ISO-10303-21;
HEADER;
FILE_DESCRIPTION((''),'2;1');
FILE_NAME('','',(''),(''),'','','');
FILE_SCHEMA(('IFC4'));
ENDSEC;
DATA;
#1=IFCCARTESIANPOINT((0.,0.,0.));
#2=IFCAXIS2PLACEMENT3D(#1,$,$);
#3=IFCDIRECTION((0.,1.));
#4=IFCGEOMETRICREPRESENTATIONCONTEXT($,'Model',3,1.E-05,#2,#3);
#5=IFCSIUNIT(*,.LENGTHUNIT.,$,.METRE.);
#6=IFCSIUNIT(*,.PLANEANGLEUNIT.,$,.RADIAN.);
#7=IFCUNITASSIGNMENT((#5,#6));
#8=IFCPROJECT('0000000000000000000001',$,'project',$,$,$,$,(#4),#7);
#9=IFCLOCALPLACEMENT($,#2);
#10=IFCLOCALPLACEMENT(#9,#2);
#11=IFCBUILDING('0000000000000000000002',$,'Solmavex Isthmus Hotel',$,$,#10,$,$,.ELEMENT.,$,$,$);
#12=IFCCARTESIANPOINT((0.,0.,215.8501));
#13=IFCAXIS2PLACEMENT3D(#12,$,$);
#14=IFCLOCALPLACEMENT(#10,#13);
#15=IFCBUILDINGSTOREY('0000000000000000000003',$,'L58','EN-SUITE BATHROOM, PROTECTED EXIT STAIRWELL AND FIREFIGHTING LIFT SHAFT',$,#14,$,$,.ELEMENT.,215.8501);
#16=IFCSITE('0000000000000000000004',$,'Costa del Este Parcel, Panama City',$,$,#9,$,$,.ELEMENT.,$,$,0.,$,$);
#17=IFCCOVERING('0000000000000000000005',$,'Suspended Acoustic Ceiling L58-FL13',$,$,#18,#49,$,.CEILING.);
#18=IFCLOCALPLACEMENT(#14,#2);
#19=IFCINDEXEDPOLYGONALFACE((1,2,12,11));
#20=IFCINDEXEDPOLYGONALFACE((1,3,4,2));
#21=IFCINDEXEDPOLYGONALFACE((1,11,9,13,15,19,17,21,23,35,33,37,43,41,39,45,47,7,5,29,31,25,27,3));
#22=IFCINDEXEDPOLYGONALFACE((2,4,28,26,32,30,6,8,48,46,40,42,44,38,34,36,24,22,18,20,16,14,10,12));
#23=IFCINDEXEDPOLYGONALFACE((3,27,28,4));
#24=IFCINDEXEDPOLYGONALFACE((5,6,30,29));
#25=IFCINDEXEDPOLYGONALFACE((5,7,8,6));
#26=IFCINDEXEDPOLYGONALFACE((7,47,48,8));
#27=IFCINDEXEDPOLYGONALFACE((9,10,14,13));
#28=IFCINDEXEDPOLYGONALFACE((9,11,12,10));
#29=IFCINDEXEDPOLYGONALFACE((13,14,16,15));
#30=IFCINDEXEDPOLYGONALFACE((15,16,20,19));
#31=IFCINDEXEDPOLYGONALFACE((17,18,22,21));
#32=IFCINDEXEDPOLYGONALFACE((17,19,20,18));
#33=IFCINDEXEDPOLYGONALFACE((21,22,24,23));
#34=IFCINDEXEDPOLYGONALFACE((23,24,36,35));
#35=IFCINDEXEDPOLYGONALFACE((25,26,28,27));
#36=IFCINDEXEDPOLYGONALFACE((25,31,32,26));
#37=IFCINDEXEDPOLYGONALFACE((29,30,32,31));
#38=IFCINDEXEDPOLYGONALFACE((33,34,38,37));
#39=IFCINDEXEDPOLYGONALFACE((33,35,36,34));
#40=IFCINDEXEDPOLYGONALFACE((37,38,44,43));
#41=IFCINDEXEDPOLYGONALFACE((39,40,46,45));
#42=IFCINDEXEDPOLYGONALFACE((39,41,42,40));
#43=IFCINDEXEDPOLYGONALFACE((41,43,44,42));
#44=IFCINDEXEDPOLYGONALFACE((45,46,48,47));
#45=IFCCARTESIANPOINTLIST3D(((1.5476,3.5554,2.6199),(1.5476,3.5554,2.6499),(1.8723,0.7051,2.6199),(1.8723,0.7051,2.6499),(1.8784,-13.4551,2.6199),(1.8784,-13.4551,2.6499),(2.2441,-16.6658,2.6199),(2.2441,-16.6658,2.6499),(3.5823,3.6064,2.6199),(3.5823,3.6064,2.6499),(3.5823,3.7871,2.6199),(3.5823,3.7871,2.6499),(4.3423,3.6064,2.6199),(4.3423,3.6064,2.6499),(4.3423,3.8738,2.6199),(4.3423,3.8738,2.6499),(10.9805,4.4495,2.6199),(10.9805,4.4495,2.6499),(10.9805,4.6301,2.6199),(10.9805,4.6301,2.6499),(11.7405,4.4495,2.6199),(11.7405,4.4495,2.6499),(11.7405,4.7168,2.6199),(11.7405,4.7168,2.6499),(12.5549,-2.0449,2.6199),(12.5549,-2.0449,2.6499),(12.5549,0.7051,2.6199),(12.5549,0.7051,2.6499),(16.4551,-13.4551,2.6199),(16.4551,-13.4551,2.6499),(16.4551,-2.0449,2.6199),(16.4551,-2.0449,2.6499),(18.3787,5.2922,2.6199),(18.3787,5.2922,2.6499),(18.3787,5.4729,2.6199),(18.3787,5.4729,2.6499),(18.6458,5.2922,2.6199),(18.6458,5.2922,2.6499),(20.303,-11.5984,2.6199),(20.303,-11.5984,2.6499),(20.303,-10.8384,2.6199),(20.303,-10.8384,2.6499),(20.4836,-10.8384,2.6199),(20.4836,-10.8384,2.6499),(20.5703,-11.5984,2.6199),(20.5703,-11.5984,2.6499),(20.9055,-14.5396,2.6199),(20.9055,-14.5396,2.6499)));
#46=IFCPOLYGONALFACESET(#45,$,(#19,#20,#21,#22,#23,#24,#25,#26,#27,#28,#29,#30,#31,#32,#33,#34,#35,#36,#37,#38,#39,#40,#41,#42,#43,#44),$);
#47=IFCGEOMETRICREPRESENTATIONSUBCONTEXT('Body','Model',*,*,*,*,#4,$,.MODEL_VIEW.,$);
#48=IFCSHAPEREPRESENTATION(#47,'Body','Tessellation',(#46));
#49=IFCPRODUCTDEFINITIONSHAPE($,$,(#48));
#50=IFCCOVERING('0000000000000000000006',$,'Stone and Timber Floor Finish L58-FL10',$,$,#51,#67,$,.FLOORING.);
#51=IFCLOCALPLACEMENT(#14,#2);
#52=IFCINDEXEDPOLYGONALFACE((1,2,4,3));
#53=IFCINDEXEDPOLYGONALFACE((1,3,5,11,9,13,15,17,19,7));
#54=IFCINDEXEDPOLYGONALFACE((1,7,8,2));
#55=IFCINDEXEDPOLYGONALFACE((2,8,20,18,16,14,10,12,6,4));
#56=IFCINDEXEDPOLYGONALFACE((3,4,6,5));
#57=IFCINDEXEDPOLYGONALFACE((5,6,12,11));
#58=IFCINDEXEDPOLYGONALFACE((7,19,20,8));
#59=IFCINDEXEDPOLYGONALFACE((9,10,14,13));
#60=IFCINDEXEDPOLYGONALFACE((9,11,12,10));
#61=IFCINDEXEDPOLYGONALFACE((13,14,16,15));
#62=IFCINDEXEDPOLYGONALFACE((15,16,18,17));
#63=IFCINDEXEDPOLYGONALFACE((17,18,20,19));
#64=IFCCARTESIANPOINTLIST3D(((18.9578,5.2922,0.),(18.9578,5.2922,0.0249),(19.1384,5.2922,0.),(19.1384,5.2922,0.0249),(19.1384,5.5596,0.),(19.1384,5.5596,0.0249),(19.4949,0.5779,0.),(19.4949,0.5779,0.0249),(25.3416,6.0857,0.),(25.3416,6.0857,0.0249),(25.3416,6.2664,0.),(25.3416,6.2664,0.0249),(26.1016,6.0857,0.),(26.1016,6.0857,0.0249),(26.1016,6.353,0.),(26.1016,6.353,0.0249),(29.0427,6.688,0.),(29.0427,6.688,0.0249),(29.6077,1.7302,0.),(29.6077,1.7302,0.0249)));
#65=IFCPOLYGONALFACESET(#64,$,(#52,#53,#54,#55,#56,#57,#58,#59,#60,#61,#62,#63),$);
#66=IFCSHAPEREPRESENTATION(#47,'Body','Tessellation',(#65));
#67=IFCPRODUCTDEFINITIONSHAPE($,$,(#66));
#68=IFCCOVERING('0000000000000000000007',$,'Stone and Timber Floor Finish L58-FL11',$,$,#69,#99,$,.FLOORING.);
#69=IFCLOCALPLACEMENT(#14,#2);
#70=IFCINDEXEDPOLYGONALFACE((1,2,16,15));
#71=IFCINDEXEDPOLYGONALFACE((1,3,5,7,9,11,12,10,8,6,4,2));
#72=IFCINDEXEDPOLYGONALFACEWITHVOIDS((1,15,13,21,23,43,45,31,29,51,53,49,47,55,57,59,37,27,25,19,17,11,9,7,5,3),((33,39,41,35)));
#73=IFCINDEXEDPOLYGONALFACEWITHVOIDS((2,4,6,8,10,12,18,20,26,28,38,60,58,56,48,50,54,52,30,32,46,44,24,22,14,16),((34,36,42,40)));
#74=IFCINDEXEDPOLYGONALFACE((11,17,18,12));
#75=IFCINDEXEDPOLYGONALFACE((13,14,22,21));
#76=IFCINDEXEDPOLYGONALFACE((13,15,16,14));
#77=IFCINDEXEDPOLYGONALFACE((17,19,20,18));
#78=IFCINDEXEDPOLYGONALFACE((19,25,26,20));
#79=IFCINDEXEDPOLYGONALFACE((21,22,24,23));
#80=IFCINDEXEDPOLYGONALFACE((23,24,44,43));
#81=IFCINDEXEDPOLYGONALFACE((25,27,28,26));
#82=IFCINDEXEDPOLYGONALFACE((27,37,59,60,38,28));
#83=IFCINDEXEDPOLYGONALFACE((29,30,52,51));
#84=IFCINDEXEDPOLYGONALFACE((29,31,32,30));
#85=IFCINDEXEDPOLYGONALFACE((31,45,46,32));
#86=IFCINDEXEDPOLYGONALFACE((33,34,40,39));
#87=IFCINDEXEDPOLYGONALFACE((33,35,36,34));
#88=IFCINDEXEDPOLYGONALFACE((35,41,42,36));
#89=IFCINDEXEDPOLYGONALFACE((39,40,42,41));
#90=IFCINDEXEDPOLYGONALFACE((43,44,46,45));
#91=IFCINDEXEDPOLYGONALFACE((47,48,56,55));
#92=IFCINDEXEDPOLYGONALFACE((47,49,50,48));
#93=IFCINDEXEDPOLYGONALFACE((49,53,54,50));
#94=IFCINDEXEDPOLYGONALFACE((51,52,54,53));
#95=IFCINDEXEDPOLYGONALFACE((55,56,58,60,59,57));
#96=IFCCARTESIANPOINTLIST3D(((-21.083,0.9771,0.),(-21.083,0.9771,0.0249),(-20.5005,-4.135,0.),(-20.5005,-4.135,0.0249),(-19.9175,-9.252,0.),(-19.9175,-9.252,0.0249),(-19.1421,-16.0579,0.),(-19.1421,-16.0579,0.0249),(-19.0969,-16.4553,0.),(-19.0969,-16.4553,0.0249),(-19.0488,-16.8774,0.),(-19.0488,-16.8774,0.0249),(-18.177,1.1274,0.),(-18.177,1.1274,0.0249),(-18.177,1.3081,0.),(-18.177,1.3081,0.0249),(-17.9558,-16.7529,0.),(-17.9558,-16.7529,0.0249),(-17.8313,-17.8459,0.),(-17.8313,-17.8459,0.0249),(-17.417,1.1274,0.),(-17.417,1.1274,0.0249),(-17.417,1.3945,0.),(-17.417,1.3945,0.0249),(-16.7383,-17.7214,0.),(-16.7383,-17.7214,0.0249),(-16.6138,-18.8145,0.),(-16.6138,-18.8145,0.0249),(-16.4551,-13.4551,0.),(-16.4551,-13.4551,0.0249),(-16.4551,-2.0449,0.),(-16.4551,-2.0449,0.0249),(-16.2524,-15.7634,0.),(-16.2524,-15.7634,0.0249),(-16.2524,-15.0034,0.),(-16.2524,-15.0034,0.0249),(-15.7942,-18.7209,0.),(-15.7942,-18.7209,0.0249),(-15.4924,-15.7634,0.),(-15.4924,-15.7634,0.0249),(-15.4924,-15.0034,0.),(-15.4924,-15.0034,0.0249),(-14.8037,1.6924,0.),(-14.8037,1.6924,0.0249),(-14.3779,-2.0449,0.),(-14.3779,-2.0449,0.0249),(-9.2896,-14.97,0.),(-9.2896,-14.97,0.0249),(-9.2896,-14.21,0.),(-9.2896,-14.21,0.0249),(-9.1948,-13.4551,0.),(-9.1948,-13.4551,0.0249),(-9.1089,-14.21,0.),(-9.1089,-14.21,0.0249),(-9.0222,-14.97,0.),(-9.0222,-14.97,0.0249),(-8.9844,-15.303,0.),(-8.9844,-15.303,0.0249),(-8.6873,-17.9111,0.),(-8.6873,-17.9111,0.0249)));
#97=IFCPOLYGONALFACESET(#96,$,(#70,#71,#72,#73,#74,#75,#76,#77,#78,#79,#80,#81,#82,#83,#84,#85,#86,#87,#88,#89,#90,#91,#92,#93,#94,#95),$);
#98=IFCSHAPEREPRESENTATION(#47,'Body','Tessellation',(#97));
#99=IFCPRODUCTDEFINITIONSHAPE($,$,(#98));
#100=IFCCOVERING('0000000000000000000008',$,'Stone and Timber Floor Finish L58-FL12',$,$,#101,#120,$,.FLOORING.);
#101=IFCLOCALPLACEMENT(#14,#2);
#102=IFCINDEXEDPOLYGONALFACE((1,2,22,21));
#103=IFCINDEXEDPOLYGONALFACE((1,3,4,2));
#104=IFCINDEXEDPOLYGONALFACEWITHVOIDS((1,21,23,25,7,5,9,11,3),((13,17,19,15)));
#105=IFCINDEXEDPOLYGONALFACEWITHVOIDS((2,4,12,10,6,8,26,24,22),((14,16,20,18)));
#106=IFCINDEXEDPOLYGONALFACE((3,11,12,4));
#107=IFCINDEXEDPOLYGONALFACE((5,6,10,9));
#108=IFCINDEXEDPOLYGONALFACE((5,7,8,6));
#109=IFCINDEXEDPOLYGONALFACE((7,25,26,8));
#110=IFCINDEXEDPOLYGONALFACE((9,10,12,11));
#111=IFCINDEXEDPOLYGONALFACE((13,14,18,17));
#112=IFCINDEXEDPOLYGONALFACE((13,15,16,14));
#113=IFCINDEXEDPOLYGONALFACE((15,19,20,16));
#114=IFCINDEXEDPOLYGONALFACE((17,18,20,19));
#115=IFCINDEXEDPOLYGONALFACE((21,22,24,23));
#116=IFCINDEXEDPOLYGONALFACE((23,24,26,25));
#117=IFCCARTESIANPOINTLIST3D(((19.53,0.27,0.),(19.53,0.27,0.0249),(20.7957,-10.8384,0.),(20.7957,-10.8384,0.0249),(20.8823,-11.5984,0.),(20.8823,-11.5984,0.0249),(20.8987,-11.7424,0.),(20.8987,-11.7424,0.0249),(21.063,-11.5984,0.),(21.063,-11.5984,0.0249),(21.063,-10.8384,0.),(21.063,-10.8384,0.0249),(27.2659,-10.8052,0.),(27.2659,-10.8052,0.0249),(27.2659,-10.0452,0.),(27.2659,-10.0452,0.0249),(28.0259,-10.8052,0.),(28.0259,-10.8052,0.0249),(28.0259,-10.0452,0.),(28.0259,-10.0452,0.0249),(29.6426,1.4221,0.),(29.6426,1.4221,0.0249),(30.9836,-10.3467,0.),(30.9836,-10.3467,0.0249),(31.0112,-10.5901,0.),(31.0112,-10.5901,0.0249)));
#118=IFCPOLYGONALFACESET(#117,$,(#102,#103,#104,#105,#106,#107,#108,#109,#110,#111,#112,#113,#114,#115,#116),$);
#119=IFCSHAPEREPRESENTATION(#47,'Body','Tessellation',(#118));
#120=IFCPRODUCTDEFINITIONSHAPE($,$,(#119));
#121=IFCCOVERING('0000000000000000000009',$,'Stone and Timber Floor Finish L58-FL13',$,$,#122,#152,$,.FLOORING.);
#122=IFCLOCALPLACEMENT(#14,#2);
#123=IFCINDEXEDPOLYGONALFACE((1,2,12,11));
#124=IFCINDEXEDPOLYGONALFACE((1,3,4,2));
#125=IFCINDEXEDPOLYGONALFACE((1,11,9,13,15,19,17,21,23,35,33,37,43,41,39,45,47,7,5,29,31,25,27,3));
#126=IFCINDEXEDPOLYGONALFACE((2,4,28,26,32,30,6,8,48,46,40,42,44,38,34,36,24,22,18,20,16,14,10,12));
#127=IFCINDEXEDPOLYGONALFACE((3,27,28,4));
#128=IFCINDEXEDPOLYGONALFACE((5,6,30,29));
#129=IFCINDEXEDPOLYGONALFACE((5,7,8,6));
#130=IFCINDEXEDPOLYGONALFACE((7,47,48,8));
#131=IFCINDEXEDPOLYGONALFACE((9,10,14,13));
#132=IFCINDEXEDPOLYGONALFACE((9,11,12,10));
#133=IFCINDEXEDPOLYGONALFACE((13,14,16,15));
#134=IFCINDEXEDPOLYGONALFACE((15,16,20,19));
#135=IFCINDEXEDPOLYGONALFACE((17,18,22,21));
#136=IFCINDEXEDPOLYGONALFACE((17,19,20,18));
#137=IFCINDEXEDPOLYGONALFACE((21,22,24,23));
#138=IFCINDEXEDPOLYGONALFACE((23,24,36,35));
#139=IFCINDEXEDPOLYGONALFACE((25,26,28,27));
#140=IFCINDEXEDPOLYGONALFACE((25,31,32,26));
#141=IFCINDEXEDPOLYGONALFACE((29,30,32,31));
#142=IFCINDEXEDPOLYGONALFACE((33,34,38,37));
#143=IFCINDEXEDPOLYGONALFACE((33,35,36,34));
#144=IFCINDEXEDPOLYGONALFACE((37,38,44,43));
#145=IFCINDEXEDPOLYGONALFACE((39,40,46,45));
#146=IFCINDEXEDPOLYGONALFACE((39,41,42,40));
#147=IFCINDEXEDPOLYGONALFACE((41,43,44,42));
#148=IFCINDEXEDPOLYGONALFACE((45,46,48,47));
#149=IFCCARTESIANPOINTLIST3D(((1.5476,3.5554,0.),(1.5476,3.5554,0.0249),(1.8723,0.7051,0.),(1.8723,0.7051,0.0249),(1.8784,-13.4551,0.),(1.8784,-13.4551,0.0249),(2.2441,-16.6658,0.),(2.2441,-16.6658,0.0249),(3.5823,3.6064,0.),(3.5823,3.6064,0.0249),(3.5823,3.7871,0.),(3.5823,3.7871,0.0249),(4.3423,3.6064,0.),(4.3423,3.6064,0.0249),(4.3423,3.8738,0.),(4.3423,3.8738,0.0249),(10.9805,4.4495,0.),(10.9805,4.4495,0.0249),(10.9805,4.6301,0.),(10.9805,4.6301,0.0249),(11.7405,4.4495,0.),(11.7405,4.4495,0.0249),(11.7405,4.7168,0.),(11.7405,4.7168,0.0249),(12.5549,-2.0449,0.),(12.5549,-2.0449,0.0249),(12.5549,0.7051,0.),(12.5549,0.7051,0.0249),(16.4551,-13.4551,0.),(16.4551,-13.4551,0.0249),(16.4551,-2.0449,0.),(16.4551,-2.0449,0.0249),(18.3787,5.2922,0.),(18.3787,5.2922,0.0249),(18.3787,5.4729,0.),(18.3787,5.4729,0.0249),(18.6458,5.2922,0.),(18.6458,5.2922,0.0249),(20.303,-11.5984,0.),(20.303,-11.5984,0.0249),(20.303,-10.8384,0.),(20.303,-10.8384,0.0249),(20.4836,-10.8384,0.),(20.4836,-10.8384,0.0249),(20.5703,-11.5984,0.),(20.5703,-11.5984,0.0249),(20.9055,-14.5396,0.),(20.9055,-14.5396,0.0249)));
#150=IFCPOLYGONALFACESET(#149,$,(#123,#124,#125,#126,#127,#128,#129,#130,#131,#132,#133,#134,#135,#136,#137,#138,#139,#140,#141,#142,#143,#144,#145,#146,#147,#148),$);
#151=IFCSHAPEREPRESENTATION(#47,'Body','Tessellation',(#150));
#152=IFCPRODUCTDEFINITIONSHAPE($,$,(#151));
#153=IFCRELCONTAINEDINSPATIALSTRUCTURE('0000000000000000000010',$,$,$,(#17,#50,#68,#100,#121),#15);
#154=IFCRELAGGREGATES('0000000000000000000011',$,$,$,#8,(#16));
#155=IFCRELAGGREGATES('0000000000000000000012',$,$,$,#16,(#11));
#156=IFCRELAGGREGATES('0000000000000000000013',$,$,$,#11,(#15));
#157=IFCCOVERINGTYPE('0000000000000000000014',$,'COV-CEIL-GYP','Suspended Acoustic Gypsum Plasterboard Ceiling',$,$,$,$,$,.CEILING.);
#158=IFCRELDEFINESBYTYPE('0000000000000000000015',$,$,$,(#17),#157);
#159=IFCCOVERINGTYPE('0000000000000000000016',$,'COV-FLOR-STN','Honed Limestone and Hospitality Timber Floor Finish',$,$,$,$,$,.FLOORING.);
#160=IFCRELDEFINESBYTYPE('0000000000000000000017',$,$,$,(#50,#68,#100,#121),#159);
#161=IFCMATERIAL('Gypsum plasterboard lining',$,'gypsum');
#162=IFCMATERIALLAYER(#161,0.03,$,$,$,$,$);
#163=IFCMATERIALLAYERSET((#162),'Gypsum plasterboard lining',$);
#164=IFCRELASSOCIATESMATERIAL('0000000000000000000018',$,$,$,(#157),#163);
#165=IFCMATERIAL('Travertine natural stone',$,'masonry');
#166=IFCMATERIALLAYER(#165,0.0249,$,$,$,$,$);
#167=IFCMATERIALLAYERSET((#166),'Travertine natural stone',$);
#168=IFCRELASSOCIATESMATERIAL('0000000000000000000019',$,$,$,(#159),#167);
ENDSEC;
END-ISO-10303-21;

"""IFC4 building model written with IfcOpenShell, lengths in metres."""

from ifc_helpers import new_model, si_unit, direction, frame, origin, place, context, subcontext, project, spatial, polyline, outline, extrude, material, layer, layer_set, type_object, element, save


model = new_model("IFC4")

# Units and contexts
model_context = context("Model", 3, precision=1e-05, world=origin(), true_north=direction((0.0, 1.0)))
body_context = subcontext(model_context, "Body", "Model", "MODEL_VIEW")
ifc_project = project(units=[si_unit("LENGTHUNIT", "METRE"), si_unit("PLANEANGLEUNIT", "RADIAN")], contexts=[model_context])

# Site, building, storey
site_placement = place(None, origin())
site = spatial("IfcSite", under=ifc_project, at=site_placement, Name="Costa del Este Parcel, Panama City", CompositionType="ELEMENT", RefElevation=0.0)
building_placement = place(site_placement, origin())
building = spatial("IfcBuilding", under=site, at=building_placement, Name="Solmavex Isthmus Hotel", CompositionType="ELEMENT")
storey_placement = place(building_placement, frame((0.0, 0.0, 215.8501)))
storey = spatial("IfcBuildingStorey", under=building, at=storey_placement, Name="L58", Description="EN-SUITE BATHROOM, PROTECTED EXIT STAIRWELL AND FIREFIGHTING LIFT SHAFT", CompositionType="ELEMENT", Elevation=215.8501)

# Shared definitions
ifc_material_1 = material(Name="Gypsum plasterboard lining", Category="gypsum")

# Coverings
ifc_layer_1 = layer(ifc_material_1, 0.03)
ifc_layer_set_1 = layer_set([ifc_layer_1], Name="Gypsum plasterboard lining")
covering_type_1 = type_object("IfcCoveringType", Name="COV-CEIL-GYP", Description="Suspended Acoustic Gypsum Plasterboard Ceiling", PredefinedType="CEILING", material=ifc_layer_set_1)
covering_1_placement = place(storey_placement, frame((0.0, 0.0, 2.6199)))
element("IfcCovering", 1, at=covering_1_placement, inside=storey, type_object=covering_type_1, Name="Suspended Acoustic Ceiling L58-FL13", PredefinedType="CEILING", context=body_context, shape_type="SweptSolid", body=[
    extrude(outline(polyline([(4.3423, 3.8738), (4.3423, 3.6064), (3.5823, 3.6064), (3.5823, 3.7871), (1.5476, 3.5554), (1.8723, 0.7051), (12.5549, 0.7051), (12.5549, -2.0449), (16.4551, -2.0449), (16.4551, -13.4551), (1.8784, -13.4551), (2.2441, -16.6658), (20.9055, -14.5396), (20.5703, -11.5984), (20.303, -11.5984), (20.303, -10.8384), (20.4836, -10.8384), (18.6458, 5.2922), (18.3787, 5.2922), (18.3787, 5.4729), (11.7405, 4.7168), (11.7405, 4.4495), (10.9805, 4.4495), (10.9805, 4.6301), (4.3423, 3.8738)])), origin(), (0.0, 0.0, 1.0), 0.03),
])
ifc_material_2 = material(Name="Travertine natural stone", Category="masonry")
ifc_layer_2 = layer(ifc_material_2, 0.0249)
ifc_layer_set_2 = layer_set([ifc_layer_2], Name="Travertine natural stone")
covering_type_2 = type_object("IfcCoveringType", Name="COV-FLOR-STN", Description="Honed Limestone and Hospitality Timber Floor Finish", PredefinedType="FLOORING", material=ifc_layer_set_2)
covering_2_placement = place(storey_placement, origin())
element("IfcCovering", 2, at=covering_2_placement, inside=storey, type_object=covering_type_2, Name="Stone and Timber Floor Finish L58-FL10", PredefinedType="FLOORING", context=body_context, shape_type="SweptSolid", body=[
    extrude(outline(polyline([(19.1384, 5.5596), (19.1384, 5.2922), (18.9578, 5.2922), (19.4949, 0.5779), (29.6077, 1.7302), (29.0427, 6.688), (26.1016, 6.353), (26.1016, 6.0857), (25.3416, 6.0857), (25.3416, 6.2664), (19.1384, 5.5596)])), origin(), (0.0, 0.0, 1.0), 0.0249),
])
covering_3_placement = place(storey_placement, origin())
element("IfcCovering", 3, at=covering_3_placement, inside=storey, type_object=covering_type_2, Name="Stone and Timber Floor Finish L58-FL11", PredefinedType="FLOORING", context=body_context, shape_type="SweptSolid", body=[
    extrude(outline(polyline([(-17.417, 1.3945), (-17.417, 1.1274), (-18.177, 1.1274), (-18.177, 1.3081), (-21.083, 0.9771), (-20.5005, -4.135), (-19.9175, -9.252), (-19.1421, -16.0579), (-19.0969, -16.4553), (-19.0488, -16.8774), (-17.9558, -16.7529), (-17.8313, -17.8459), (-16.7383, -17.7214), (-16.6138, -18.8145), (-15.7942, -18.7209), (-8.6873, -17.9111), (-8.9844, -15.303), (-9.0222, -14.97), (-9.2896, -14.97), (-9.2896, -14.21), (-9.1089, -14.21), (-9.1948, -13.4551), (-16.4551, -13.4551), (-16.4551, -2.0449), (-14.3779, -2.0449), (-14.8037, 1.6924), (-17.417, 1.3945)]), holes=[polyline([(-16.2524, -15.7634), (-16.2524, -15.0034), (-15.4924, -15.0034), (-15.4924, -15.7634), (-16.2524, -15.7634)])]), origin(), (0.0, 0.0, 1.0), 0.0249),
])
covering_4_placement = place(storey_placement, origin())
element("IfcCovering", 4, at=covering_4_placement, inside=storey, type_object=covering_type_2, Name="Stone and Timber Floor Finish L58-FL12", PredefinedType="FLOORING", context=body_context, shape_type="SweptSolid", body=[
    extrude(outline(polyline([(20.7957, -10.8384), (21.063, -10.8384), (21.063, -11.5984), (20.8823, -11.5984), (20.8987, -11.7424), (31.0112, -10.5901), (30.9836, -10.3467), (29.6426, 1.4221), (19.53, 0.27), (20.7957, -10.8384)]), holes=[polyline([(27.2659, -10.8052), (27.2659, -10.0452), (28.0259, -10.0452), (28.0259, -10.8052), (27.2659, -10.8052)])]), origin(), (0.0, 0.0, 1.0), 0.0249),
])
covering_5_placement = place(storey_placement, origin())
element("IfcCovering", 5, at=covering_5_placement, inside=storey, type_object=covering_type_2, Name="Stone and Timber Floor Finish L58-FL13", PredefinedType="FLOORING", context=body_context, shape_type="SweptSolid", body=[
    extrude(outline(polyline([(4.3423, 3.8738), (4.3423, 3.6064), (3.5823, 3.6064), (3.5823, 3.7871), (1.5476, 3.5554), (1.8723, 0.7051), (12.5549, 0.7051), (12.5549, -2.0449), (16.4551, -2.0449), (16.4551, -13.4551), (1.8784, -13.4551), (2.2441, -16.6658), (20.9055, -14.5396), (20.5703, -11.5984), (20.303, -11.5984), (20.303, -10.8384), (20.4836, -10.8384), (18.6458, 5.2922), (18.3787, 5.2922), (18.3787, 5.4729), (11.7405, 4.7168), (11.7405, 4.4495), (10.9805, 4.4495), (10.9805, 4.6301), (4.3423, 3.8738)])), origin(), (0.0, 0.0, 1.0), 0.0249),
])

save(model, "model.ifc")
